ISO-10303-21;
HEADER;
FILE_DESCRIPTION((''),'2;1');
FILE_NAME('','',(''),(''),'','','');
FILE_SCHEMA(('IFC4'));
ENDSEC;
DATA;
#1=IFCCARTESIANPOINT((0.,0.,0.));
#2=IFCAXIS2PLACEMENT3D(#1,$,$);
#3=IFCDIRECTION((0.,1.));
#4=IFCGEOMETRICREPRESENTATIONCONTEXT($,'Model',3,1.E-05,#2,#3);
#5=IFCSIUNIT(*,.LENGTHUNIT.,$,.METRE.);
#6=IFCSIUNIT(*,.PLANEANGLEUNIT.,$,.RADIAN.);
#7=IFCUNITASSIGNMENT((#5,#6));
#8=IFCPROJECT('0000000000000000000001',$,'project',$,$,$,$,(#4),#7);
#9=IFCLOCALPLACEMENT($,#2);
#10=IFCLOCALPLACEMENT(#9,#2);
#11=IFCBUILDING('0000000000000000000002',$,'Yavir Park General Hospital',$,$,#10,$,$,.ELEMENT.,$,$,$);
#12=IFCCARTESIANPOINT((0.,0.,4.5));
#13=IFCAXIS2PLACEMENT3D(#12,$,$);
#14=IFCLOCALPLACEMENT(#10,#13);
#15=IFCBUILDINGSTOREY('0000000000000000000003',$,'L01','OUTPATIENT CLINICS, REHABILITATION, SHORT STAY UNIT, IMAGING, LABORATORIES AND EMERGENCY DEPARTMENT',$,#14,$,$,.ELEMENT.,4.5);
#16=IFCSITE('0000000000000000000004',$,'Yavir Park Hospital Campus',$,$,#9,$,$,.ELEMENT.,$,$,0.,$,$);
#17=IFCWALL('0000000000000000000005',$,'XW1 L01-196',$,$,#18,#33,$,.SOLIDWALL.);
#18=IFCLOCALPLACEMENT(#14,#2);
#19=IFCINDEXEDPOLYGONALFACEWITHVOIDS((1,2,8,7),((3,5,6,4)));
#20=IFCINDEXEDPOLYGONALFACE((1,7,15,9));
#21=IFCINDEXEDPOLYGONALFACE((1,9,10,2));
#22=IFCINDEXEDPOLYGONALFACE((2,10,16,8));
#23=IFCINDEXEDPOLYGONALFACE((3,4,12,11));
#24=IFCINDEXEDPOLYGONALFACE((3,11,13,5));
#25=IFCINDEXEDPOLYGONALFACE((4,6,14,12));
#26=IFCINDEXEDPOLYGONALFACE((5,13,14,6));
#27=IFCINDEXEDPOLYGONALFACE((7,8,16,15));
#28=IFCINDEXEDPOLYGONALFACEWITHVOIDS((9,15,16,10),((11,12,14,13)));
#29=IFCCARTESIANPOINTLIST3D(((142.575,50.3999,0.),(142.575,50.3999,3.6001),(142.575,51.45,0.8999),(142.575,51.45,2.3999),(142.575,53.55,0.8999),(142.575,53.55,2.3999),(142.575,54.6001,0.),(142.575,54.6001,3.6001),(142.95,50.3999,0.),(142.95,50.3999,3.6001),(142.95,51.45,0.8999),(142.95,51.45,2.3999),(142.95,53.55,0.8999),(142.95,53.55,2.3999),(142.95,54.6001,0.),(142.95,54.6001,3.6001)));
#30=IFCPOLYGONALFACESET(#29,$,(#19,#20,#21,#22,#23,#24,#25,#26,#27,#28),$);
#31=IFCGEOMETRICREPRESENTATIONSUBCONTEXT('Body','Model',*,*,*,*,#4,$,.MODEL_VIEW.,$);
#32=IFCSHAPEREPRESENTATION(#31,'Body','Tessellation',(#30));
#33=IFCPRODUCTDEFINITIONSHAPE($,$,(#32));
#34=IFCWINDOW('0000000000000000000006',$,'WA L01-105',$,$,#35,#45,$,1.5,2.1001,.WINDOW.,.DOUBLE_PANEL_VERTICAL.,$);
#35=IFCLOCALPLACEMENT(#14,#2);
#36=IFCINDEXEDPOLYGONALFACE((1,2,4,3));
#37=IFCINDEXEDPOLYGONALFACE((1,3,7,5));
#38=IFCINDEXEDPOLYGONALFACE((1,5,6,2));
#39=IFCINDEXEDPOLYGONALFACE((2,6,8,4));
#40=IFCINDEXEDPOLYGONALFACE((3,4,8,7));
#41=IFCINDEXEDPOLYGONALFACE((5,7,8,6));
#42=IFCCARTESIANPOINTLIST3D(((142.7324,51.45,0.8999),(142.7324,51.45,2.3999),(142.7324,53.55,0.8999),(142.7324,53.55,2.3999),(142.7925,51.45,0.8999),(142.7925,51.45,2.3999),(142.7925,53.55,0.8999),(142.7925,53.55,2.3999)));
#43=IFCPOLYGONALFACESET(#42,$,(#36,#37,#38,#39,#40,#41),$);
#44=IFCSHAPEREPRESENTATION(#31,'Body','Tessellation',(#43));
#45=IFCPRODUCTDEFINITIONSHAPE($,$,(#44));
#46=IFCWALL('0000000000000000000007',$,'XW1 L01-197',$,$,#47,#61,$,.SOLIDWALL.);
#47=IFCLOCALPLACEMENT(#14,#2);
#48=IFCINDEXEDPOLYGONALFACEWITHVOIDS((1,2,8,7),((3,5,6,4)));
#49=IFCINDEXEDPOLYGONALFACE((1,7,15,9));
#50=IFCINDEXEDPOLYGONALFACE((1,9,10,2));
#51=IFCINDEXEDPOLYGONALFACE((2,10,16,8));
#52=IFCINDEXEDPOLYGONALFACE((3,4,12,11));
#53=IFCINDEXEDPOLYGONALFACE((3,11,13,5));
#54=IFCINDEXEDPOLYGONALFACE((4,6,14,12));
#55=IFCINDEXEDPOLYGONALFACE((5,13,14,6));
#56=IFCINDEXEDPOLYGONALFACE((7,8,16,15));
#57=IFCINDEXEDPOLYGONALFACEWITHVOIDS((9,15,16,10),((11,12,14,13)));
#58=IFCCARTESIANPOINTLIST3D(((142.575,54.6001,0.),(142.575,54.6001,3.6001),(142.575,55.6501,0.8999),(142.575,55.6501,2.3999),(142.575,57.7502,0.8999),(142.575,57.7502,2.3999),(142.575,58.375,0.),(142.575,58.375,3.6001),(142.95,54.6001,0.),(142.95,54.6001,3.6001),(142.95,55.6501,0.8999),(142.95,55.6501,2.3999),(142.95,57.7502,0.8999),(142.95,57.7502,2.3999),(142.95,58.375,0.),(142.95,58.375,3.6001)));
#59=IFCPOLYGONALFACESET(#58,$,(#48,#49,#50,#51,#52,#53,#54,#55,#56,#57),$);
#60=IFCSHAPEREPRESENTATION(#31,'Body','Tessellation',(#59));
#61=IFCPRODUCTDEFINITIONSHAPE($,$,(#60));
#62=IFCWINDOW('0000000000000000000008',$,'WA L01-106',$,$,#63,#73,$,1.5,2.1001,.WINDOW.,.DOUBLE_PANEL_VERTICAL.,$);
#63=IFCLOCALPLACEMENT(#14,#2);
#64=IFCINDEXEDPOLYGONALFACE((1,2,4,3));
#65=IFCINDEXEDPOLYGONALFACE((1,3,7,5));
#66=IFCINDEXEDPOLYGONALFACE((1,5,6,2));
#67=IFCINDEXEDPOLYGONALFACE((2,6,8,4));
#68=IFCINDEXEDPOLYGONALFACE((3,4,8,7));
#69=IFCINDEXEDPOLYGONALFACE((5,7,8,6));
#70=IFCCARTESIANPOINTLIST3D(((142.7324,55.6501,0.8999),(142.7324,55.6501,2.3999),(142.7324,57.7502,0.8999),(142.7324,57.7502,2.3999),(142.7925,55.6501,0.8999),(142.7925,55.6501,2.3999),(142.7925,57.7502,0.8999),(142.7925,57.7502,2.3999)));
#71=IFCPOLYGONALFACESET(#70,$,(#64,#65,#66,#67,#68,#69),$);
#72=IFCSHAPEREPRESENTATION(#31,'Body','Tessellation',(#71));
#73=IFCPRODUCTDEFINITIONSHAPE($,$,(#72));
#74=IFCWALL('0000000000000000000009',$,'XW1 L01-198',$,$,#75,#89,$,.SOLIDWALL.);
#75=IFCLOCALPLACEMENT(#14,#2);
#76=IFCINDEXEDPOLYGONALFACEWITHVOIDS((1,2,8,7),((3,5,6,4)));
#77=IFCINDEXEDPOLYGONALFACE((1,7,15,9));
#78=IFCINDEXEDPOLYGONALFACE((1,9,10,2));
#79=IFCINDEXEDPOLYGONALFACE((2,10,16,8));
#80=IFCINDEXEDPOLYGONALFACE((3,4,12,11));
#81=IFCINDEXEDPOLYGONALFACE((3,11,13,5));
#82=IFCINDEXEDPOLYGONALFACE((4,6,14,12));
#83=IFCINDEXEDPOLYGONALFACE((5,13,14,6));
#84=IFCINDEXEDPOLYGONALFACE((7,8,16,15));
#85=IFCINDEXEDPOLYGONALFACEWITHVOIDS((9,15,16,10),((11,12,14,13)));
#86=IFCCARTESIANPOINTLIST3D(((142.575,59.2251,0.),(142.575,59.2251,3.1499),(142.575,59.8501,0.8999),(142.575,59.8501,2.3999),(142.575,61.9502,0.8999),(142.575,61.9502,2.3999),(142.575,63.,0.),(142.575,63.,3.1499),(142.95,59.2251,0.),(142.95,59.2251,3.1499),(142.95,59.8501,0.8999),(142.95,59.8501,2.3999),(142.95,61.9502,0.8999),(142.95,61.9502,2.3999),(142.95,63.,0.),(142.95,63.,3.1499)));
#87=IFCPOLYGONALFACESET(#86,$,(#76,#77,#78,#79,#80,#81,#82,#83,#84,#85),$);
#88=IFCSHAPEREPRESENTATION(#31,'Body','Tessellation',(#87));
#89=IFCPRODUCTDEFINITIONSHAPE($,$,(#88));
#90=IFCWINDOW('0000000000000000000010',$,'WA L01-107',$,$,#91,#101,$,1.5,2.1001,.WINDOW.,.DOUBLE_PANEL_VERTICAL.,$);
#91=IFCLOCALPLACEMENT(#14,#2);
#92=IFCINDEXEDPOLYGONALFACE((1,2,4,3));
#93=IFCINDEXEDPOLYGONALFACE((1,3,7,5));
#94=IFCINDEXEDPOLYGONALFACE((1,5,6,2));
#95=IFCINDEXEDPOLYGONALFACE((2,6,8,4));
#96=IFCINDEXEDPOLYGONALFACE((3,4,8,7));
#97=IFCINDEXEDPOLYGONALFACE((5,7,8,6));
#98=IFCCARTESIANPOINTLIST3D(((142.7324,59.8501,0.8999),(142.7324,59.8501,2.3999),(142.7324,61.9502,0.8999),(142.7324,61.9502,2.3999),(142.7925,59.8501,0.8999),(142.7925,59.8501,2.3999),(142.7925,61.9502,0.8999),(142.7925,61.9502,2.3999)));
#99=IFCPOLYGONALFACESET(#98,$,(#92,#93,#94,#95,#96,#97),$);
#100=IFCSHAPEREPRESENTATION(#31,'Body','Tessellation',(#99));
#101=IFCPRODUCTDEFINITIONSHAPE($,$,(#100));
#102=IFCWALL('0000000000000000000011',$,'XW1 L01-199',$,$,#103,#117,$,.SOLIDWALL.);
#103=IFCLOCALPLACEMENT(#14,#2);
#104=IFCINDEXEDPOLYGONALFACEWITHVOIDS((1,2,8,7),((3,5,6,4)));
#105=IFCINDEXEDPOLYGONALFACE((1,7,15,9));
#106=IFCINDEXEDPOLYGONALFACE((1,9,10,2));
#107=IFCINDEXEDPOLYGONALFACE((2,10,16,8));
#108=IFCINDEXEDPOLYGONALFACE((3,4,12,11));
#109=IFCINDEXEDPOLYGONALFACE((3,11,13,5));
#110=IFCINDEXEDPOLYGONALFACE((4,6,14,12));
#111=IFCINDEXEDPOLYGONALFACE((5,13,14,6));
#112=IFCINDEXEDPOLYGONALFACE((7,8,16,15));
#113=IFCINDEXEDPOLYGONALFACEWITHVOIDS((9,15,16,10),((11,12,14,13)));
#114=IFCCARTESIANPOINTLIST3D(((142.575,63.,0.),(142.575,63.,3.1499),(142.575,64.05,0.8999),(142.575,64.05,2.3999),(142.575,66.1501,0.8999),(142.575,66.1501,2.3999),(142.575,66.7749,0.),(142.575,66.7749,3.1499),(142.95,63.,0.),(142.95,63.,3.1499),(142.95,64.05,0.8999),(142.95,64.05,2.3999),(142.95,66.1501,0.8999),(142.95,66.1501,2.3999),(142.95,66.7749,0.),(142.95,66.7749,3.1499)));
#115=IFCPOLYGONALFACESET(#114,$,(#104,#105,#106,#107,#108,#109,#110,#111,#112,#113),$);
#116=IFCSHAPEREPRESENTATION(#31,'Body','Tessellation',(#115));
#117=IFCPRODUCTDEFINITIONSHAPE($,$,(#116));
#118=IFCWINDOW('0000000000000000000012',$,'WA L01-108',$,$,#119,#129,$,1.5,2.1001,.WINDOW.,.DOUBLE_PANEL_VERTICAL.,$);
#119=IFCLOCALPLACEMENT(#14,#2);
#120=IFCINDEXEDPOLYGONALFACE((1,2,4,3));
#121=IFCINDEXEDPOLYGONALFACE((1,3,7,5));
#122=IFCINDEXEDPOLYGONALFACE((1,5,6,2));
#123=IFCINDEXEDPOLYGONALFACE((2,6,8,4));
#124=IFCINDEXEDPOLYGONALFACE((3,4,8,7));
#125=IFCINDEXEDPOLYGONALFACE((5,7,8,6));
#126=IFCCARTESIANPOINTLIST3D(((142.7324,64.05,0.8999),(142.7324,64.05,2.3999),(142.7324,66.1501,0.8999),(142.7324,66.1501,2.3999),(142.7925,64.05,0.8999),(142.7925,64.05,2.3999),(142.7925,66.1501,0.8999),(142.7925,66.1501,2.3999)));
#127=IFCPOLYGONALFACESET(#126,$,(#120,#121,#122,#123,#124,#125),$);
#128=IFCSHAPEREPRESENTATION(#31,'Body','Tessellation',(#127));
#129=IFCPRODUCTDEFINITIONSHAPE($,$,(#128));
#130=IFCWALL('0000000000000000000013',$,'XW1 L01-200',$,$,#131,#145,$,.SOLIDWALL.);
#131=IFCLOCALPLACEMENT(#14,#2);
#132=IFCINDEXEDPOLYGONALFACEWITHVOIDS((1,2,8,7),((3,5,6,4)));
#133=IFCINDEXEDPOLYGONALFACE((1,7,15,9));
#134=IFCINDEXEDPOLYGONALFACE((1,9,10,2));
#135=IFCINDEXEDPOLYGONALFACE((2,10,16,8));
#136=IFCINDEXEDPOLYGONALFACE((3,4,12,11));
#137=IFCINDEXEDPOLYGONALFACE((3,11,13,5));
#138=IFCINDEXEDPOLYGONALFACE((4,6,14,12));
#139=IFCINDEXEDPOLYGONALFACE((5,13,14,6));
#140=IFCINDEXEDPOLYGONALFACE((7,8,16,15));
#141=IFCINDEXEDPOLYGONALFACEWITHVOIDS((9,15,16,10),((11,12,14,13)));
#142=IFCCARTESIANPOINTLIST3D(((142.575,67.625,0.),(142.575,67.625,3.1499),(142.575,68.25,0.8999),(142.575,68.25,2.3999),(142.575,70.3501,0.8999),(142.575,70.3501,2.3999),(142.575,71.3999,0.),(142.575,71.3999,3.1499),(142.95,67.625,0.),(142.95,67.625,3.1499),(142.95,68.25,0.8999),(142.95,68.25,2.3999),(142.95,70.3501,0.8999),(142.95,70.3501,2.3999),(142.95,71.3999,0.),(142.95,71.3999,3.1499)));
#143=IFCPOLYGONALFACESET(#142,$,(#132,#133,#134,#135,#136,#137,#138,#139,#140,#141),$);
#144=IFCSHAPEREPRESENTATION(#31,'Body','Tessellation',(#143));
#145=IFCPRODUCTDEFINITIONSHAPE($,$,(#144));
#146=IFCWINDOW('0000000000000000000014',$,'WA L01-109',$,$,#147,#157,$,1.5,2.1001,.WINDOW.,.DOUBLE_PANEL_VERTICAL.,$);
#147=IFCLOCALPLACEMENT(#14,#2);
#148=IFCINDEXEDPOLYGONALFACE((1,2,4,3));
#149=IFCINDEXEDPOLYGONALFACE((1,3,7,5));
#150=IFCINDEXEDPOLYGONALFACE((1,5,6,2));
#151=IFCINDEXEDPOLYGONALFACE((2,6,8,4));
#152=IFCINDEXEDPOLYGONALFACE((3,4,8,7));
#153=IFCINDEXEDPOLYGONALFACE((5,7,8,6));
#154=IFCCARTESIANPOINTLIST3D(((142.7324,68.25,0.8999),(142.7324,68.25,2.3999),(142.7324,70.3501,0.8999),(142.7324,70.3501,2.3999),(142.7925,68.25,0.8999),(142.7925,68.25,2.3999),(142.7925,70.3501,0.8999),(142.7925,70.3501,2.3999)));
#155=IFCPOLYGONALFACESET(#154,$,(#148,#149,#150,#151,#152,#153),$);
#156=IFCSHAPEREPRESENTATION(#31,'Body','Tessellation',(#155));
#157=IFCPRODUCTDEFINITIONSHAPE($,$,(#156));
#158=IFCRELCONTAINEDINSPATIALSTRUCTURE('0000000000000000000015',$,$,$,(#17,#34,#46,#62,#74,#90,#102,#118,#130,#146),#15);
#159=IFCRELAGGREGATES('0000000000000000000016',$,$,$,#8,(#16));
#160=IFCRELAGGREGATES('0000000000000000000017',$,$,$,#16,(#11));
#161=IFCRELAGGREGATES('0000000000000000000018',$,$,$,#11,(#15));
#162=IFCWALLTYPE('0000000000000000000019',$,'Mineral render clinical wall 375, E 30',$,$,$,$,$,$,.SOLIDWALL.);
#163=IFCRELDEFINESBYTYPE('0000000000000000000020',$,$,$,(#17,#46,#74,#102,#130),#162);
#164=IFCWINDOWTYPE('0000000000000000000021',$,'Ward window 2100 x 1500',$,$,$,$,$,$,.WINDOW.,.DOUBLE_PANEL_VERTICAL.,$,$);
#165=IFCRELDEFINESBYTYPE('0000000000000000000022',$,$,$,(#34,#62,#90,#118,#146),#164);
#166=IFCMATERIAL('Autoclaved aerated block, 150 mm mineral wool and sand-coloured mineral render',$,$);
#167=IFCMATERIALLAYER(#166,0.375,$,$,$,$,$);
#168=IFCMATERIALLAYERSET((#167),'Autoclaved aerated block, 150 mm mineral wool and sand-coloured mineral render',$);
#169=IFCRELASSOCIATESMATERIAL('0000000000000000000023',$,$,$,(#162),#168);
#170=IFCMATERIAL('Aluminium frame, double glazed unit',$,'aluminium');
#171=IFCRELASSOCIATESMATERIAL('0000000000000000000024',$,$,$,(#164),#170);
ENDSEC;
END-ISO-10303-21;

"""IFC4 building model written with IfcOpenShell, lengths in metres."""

from ifc_helpers import new_model, si_unit, direction, frame, frame_2d, origin, place, context, subcontext, project, spatial, rectangle, extrude, material, layer, layer_set, type_object, element, fill, save


model = new_model("IFC4")

# Units and contexts
model_context = context("Model", 3, precision=1e-05, world=origin(), true_north=direction((0.0, 1.0)))
body_context = subcontext(model_context, "Body", "Model", "MODEL_VIEW")
ifc_project = project(units=[si_unit("LENGTHUNIT", "METRE"), si_unit("PLANEANGLEUNIT", "RADIAN")], contexts=[model_context])

# Site, building, storey
site_placement = place(None, origin())
site = spatial("IfcSite", under=ifc_project, at=site_placement, Name="Yavir Park Hospital Campus", CompositionType="ELEMENT", RefElevation=0.0)
building_placement = place(site_placement, origin())
building = spatial("IfcBuilding", under=site, at=building_placement, Name="Yavir Park General Hospital", CompositionType="ELEMENT")
storey_placement = place(building_placement, frame((0.0, 0.0, 4.5)))
storey = spatial("IfcBuildingStorey", under=building, at=storey_placement, Name="L01", Description="OUTPATIENT CLINICS, REHABILITATION, SHORT STAY UNIT, IMAGING, LABORATORIES AND EMERGENCY DEPARTMENT", CompositionType="ELEMENT", Elevation=4.5)

# Walls, openings, windows
ifc_material_1 = material(Name="Autoclaved aerated block, 150 mm mineral wool and sand-coloured mineral render")
ifc_layer_1 = layer(ifc_material_1, 0.375)
ifc_layer_set_1 = layer_set([ifc_layer_1], Name="Autoclaved aerated block, 150 mm mineral wool and sand-coloured mineral render")
wall_type_1 = type_object("IfcWallType", Name="Mineral render clinical wall 375, E 30", PredefinedType="SOLIDWALL", material=ifc_layer_set_1)
wall_1_placement = place(storey_placement, frame((142.7625, 50.3999, 0.0), z_axis=(0.0, 0.0, 1.0), x_axis=(0.0, 1.0, 0.0)))
wall_1 = element("IfcWall", 1, at=wall_1_placement, inside=storey, type_object=wall_type_1, Name="XW1 L01-196", PredefinedType="SOLIDWALL", context=body_context, shape_type="SweptSolid", body=[
    extrude(rectangle(XDim=4.2002, YDim=0.375, at=frame_2d((2.1001, 0.0))), origin(), (0.0, 0.0, 1.0), 3.6001),
])
opening_1_placement = place(wall_1_placement, frame((1.05, 0.0, 0.8999)))
opening_1 = element("IfcOpeningElement", 2, at=opening_1_placement, cuts=wall_1, PredefinedType="OPENING", context=body_context, shape_type="SweptSolid", body=[
    extrude(rectangle(XDim=2.1001, YDim=1.5, at=frame_2d((1.05, 0.75))), frame((0.0, 0.1975, 0.0), z_axis=(0.0, -1.0, 0.0), x_axis=(1.0, 0.0, 0.0)), (0.0, 0.0, 1.0), 0.395),
])
ifc_material_2 = material(Name="Aluminium frame, double glazed unit", Category="aluminium")
window_type = type_object("IfcWindowType", Name="Ward window 2100 x 1500", PartitioningType="DOUBLE_PANEL_VERTICAL", PredefinedType="WINDOW", material=ifc_material_2)
window_1_placement = place(opening_1_placement, origin())
window_1 = element("IfcWindow", 3, at=window_1_placement, inside=storey, type_object=window_type, Name="WA L01-105", OverallHeight=1.5, OverallWidth=2.1001, PartitioningType="DOUBLE_PANEL_VERTICAL", PredefinedType="WINDOW", context=body_context, shape_type="SweptSolid", body=[
    extrude(rectangle(XDim=2.1001, YDim=1.5, at=frame_2d((1.05, 0.75))), frame((0.0, 0.03, 0.0), z_axis=(0.0, -1.0, 0.0), x_axis=(1.0, 0.0, 0.0)), (0.0, 0.0, 1.0), 0.0601),
])
fill(opening_1, window_1)
wall_2_placement = place(storey_placement, frame((142.7625, 54.6001, 0.0), z_axis=(0.0, 0.0, 1.0), x_axis=(0.0, 1.0, 0.0)))
wall_2 = element("IfcWall", 4, at=wall_2_placement, inside=storey, type_object=wall_type_1, Name="XW1 L01-197", PredefinedType="SOLIDWALL", context=body_context, shape_type="SweptSolid", body=[
    extrude(rectangle(XDim=3.7749, YDim=0.375, at=frame_2d((1.8875, 0.0))), origin(), (0.0, 0.0, 1.0), 3.6001),
])
opening_2_placement = place(wall_2_placement, frame((1.05, 0.0, 0.8999)))
opening_2 = element("IfcOpeningElement", 5, at=opening_2_placement, cuts=wall_2, PredefinedType="OPENING", context=body_context, shape_type="SweptSolid", body=[
    extrude(rectangle(XDim=2.1001, YDim=1.5, at=frame_2d((1.05, 0.75))), frame((0.0, 0.1975, 0.0), z_axis=(0.0, -1.0, 0.0), x_axis=(1.0, 0.0, 0.0)), (0.0, 0.0, 1.0), 0.395),
])
window_2_placement = place(opening_2_placement, origin())
window_2 = element("IfcWindow", 6, at=window_2_placement, inside=storey, type_object=window_type, Name="WA L01-106", OverallHeight=1.5, OverallWidth=2.1001, PartitioningType="DOUBLE_PANEL_VERTICAL", PredefinedType="WINDOW", context=body_context, shape_type="SweptSolid", body=[
    extrude(rectangle(XDim=2.1001, YDim=1.5, at=frame_2d((1.05, 0.75))), frame((0.0, 0.03, 0.0), z_axis=(0.0, -1.0, 0.0), x_axis=(1.0, 0.0, 0.0)), (0.0, 0.0, 1.0), 0.0601),
])
fill(opening_2, window_2)
wall_3_placement = place(storey_placement, frame((142.7625, 59.2251, 0.0), z_axis=(0.0, 0.0, 1.0), x_axis=(0.0, 1.0, 0.0)))
wall_3 = element("IfcWall", 7, at=wall_3_placement, inside=storey, type_object=wall_type_1, Name="XW1 L01-198", PredefinedType="SOLIDWALL", context=body_context, shape_type="SweptSolid", body=[
    extrude(rectangle(XDim=3.7749, YDim=0.375, at=frame_2d((1.8875, 0.0))), origin(), (0.0, 0.0, 1.0), 3.1499),
])
opening_3_placement = place(wall_3_placement, frame((0.625, 0.0, 0.8999)))
opening_3 = element("IfcOpeningElement", 8, at=opening_3_placement, cuts=wall_3, PredefinedType="OPENING", context=body_context, shape_type="SweptSolid", body=[
    extrude(rectangle(XDim=2.1001, YDim=1.5, at=frame_2d((1.05, 0.75))), frame((0.0, 0.1975, 0.0), z_axis=(0.0, -1.0, 0.0), x_axis=(1.0, 0.0, 0.0)), (0.0, 0.0, 1.0), 0.395),
])
window_3_placement = place(opening_3_placement, origin())
window_3 = element("IfcWindow", 9, at=window_3_placement, inside=storey, type_object=window_type, Name="WA L01-107", OverallHeight=1.5, OverallWidth=2.1001, PartitioningType="DOUBLE_PANEL_VERTICAL", PredefinedType="WINDOW", context=body_context, shape_type="SweptSolid", body=[
    extrude(rectangle(XDim=2.1001, YDim=1.5, at=frame_2d((1.05, 0.75))), frame((0.0, 0.03, 0.0), z_axis=(0.0, -1.0, 0.0), x_axis=(1.0, 0.0, 0.0)), (0.0, 0.0, 1.0), 0.0601),
])
fill(opening_3, window_3)
wall_4_placement = place(storey_placement, frame((142.7625, 63.0, 0.0), z_axis=(0.0, 0.0, 1.0), x_axis=(0.0, 1.0, 0.0)))
wall_4 = element("IfcWall", 10, at=wall_4_placement, inside=storey, type_object=wall_type_1, Name="XW1 L01-199", PredefinedType="SOLIDWALL", context=body_context, shape_type="SweptSolid", body=[
    extrude(rectangle(XDim=3.7749, YDim=0.375, at=frame_2d((1.8875, 0.0))), origin(), (0.0, 0.0, 1.0), 3.1499),
])
opening_4_placement = place(wall_4_placement, frame((1.05, 0.0, 0.8999)))
opening_4 = element("IfcOpeningElement", 11, at=opening_4_placement, cuts=wall_4, PredefinedType="OPENING", context=body_context, shape_type="SweptSolid", body=[
    extrude(rectangle(XDim=2.1001, YDim=1.5, at=frame_2d((1.05, 0.75))), frame((0.0, 0.1975, 0.0), z_axis=(0.0, -1.0, 0.0), x_axis=(1.0, 0.0, 0.0)), (0.0, 0.0, 1.0), 0.395),
])
window_4_placement = place(opening_4_placement, origin())
window_4 = element("IfcWindow", 12, at=window_4_placement, inside=storey, type_object=window_type, Name="WA L01-108", OverallHeight=1.5, OverallWidth=2.1001, PartitioningType="DOUBLE_PANEL_VERTICAL", PredefinedType="WINDOW", context=body_context, shape_type="SweptSolid", body=[
    extrude(rectangle(XDim=2.1001, YDim=1.5, at=frame_2d((1.05, 0.75))), frame((0.0, 0.03, 0.0), z_axis=(0.0, -1.0, 0.0), x_axis=(1.0, 0.0, 0.0)), (0.0, 0.0, 1.0), 0.0601),
])
fill(opening_4, window_4)
wall_5_placement = place(storey_placement, frame((142.7625, 67.625, 0.0), z_axis=(0.0, 0.0, 1.0), x_axis=(0.0, 1.0, 0.0)))
wall_5 = element("IfcWall", 13, at=wall_5_placement, inside=storey, type_object=wall_type_1, Name="XW1 L01-200", PredefinedType="SOLIDWALL", context=body_context, shape_type="SweptSolid", body=[
    extrude(rectangle(XDim=3.7749, YDim=0.375, at=frame_2d((1.8875, 0.0))), origin(), (0.0, 0.0, 1.0), 3.1499),
])
opening_5_placement = place(wall_5_placement, frame((0.625, 0.0, 0.8999)))
opening_5 = element("IfcOpeningElement", 14, at=opening_5_placement, cuts=wall_5, PredefinedType="OPENING", context=body_context, shape_type="SweptSolid", body=[
    extrude(rectangle(XDim=2.1001, YDim=1.5, at=frame_2d((1.05, 0.75))), frame((0.0, 0.1975, 0.0), z_axis=(0.0, -1.0, 0.0), x_axis=(1.0, 0.0, 0.0)), (0.0, 0.0, 1.0), 0.395),
])
window_5_placement = place(opening_5_placement, origin())
window_5 = element("IfcWindow", 15, at=window_5_placement, inside=storey, type_object=window_type, Name="WA L01-109", OverallHeight=1.5, OverallWidth=2.1001, PartitioningType="DOUBLE_PANEL_VERTICAL", PredefinedType="WINDOW", context=body_context, shape_type="SweptSolid", body=[
    extrude(rectangle(XDim=2.1001, YDim=1.5, at=frame_2d((1.05, 0.75))), frame((0.0, 0.03, 0.0), z_axis=(0.0, -1.0, 0.0), x_axis=(1.0, 0.0, 0.0)), (0.0, 0.0, 1.0), 0.0601),
])
fill(opening_5, window_5)

save(model, "model.ifc")
